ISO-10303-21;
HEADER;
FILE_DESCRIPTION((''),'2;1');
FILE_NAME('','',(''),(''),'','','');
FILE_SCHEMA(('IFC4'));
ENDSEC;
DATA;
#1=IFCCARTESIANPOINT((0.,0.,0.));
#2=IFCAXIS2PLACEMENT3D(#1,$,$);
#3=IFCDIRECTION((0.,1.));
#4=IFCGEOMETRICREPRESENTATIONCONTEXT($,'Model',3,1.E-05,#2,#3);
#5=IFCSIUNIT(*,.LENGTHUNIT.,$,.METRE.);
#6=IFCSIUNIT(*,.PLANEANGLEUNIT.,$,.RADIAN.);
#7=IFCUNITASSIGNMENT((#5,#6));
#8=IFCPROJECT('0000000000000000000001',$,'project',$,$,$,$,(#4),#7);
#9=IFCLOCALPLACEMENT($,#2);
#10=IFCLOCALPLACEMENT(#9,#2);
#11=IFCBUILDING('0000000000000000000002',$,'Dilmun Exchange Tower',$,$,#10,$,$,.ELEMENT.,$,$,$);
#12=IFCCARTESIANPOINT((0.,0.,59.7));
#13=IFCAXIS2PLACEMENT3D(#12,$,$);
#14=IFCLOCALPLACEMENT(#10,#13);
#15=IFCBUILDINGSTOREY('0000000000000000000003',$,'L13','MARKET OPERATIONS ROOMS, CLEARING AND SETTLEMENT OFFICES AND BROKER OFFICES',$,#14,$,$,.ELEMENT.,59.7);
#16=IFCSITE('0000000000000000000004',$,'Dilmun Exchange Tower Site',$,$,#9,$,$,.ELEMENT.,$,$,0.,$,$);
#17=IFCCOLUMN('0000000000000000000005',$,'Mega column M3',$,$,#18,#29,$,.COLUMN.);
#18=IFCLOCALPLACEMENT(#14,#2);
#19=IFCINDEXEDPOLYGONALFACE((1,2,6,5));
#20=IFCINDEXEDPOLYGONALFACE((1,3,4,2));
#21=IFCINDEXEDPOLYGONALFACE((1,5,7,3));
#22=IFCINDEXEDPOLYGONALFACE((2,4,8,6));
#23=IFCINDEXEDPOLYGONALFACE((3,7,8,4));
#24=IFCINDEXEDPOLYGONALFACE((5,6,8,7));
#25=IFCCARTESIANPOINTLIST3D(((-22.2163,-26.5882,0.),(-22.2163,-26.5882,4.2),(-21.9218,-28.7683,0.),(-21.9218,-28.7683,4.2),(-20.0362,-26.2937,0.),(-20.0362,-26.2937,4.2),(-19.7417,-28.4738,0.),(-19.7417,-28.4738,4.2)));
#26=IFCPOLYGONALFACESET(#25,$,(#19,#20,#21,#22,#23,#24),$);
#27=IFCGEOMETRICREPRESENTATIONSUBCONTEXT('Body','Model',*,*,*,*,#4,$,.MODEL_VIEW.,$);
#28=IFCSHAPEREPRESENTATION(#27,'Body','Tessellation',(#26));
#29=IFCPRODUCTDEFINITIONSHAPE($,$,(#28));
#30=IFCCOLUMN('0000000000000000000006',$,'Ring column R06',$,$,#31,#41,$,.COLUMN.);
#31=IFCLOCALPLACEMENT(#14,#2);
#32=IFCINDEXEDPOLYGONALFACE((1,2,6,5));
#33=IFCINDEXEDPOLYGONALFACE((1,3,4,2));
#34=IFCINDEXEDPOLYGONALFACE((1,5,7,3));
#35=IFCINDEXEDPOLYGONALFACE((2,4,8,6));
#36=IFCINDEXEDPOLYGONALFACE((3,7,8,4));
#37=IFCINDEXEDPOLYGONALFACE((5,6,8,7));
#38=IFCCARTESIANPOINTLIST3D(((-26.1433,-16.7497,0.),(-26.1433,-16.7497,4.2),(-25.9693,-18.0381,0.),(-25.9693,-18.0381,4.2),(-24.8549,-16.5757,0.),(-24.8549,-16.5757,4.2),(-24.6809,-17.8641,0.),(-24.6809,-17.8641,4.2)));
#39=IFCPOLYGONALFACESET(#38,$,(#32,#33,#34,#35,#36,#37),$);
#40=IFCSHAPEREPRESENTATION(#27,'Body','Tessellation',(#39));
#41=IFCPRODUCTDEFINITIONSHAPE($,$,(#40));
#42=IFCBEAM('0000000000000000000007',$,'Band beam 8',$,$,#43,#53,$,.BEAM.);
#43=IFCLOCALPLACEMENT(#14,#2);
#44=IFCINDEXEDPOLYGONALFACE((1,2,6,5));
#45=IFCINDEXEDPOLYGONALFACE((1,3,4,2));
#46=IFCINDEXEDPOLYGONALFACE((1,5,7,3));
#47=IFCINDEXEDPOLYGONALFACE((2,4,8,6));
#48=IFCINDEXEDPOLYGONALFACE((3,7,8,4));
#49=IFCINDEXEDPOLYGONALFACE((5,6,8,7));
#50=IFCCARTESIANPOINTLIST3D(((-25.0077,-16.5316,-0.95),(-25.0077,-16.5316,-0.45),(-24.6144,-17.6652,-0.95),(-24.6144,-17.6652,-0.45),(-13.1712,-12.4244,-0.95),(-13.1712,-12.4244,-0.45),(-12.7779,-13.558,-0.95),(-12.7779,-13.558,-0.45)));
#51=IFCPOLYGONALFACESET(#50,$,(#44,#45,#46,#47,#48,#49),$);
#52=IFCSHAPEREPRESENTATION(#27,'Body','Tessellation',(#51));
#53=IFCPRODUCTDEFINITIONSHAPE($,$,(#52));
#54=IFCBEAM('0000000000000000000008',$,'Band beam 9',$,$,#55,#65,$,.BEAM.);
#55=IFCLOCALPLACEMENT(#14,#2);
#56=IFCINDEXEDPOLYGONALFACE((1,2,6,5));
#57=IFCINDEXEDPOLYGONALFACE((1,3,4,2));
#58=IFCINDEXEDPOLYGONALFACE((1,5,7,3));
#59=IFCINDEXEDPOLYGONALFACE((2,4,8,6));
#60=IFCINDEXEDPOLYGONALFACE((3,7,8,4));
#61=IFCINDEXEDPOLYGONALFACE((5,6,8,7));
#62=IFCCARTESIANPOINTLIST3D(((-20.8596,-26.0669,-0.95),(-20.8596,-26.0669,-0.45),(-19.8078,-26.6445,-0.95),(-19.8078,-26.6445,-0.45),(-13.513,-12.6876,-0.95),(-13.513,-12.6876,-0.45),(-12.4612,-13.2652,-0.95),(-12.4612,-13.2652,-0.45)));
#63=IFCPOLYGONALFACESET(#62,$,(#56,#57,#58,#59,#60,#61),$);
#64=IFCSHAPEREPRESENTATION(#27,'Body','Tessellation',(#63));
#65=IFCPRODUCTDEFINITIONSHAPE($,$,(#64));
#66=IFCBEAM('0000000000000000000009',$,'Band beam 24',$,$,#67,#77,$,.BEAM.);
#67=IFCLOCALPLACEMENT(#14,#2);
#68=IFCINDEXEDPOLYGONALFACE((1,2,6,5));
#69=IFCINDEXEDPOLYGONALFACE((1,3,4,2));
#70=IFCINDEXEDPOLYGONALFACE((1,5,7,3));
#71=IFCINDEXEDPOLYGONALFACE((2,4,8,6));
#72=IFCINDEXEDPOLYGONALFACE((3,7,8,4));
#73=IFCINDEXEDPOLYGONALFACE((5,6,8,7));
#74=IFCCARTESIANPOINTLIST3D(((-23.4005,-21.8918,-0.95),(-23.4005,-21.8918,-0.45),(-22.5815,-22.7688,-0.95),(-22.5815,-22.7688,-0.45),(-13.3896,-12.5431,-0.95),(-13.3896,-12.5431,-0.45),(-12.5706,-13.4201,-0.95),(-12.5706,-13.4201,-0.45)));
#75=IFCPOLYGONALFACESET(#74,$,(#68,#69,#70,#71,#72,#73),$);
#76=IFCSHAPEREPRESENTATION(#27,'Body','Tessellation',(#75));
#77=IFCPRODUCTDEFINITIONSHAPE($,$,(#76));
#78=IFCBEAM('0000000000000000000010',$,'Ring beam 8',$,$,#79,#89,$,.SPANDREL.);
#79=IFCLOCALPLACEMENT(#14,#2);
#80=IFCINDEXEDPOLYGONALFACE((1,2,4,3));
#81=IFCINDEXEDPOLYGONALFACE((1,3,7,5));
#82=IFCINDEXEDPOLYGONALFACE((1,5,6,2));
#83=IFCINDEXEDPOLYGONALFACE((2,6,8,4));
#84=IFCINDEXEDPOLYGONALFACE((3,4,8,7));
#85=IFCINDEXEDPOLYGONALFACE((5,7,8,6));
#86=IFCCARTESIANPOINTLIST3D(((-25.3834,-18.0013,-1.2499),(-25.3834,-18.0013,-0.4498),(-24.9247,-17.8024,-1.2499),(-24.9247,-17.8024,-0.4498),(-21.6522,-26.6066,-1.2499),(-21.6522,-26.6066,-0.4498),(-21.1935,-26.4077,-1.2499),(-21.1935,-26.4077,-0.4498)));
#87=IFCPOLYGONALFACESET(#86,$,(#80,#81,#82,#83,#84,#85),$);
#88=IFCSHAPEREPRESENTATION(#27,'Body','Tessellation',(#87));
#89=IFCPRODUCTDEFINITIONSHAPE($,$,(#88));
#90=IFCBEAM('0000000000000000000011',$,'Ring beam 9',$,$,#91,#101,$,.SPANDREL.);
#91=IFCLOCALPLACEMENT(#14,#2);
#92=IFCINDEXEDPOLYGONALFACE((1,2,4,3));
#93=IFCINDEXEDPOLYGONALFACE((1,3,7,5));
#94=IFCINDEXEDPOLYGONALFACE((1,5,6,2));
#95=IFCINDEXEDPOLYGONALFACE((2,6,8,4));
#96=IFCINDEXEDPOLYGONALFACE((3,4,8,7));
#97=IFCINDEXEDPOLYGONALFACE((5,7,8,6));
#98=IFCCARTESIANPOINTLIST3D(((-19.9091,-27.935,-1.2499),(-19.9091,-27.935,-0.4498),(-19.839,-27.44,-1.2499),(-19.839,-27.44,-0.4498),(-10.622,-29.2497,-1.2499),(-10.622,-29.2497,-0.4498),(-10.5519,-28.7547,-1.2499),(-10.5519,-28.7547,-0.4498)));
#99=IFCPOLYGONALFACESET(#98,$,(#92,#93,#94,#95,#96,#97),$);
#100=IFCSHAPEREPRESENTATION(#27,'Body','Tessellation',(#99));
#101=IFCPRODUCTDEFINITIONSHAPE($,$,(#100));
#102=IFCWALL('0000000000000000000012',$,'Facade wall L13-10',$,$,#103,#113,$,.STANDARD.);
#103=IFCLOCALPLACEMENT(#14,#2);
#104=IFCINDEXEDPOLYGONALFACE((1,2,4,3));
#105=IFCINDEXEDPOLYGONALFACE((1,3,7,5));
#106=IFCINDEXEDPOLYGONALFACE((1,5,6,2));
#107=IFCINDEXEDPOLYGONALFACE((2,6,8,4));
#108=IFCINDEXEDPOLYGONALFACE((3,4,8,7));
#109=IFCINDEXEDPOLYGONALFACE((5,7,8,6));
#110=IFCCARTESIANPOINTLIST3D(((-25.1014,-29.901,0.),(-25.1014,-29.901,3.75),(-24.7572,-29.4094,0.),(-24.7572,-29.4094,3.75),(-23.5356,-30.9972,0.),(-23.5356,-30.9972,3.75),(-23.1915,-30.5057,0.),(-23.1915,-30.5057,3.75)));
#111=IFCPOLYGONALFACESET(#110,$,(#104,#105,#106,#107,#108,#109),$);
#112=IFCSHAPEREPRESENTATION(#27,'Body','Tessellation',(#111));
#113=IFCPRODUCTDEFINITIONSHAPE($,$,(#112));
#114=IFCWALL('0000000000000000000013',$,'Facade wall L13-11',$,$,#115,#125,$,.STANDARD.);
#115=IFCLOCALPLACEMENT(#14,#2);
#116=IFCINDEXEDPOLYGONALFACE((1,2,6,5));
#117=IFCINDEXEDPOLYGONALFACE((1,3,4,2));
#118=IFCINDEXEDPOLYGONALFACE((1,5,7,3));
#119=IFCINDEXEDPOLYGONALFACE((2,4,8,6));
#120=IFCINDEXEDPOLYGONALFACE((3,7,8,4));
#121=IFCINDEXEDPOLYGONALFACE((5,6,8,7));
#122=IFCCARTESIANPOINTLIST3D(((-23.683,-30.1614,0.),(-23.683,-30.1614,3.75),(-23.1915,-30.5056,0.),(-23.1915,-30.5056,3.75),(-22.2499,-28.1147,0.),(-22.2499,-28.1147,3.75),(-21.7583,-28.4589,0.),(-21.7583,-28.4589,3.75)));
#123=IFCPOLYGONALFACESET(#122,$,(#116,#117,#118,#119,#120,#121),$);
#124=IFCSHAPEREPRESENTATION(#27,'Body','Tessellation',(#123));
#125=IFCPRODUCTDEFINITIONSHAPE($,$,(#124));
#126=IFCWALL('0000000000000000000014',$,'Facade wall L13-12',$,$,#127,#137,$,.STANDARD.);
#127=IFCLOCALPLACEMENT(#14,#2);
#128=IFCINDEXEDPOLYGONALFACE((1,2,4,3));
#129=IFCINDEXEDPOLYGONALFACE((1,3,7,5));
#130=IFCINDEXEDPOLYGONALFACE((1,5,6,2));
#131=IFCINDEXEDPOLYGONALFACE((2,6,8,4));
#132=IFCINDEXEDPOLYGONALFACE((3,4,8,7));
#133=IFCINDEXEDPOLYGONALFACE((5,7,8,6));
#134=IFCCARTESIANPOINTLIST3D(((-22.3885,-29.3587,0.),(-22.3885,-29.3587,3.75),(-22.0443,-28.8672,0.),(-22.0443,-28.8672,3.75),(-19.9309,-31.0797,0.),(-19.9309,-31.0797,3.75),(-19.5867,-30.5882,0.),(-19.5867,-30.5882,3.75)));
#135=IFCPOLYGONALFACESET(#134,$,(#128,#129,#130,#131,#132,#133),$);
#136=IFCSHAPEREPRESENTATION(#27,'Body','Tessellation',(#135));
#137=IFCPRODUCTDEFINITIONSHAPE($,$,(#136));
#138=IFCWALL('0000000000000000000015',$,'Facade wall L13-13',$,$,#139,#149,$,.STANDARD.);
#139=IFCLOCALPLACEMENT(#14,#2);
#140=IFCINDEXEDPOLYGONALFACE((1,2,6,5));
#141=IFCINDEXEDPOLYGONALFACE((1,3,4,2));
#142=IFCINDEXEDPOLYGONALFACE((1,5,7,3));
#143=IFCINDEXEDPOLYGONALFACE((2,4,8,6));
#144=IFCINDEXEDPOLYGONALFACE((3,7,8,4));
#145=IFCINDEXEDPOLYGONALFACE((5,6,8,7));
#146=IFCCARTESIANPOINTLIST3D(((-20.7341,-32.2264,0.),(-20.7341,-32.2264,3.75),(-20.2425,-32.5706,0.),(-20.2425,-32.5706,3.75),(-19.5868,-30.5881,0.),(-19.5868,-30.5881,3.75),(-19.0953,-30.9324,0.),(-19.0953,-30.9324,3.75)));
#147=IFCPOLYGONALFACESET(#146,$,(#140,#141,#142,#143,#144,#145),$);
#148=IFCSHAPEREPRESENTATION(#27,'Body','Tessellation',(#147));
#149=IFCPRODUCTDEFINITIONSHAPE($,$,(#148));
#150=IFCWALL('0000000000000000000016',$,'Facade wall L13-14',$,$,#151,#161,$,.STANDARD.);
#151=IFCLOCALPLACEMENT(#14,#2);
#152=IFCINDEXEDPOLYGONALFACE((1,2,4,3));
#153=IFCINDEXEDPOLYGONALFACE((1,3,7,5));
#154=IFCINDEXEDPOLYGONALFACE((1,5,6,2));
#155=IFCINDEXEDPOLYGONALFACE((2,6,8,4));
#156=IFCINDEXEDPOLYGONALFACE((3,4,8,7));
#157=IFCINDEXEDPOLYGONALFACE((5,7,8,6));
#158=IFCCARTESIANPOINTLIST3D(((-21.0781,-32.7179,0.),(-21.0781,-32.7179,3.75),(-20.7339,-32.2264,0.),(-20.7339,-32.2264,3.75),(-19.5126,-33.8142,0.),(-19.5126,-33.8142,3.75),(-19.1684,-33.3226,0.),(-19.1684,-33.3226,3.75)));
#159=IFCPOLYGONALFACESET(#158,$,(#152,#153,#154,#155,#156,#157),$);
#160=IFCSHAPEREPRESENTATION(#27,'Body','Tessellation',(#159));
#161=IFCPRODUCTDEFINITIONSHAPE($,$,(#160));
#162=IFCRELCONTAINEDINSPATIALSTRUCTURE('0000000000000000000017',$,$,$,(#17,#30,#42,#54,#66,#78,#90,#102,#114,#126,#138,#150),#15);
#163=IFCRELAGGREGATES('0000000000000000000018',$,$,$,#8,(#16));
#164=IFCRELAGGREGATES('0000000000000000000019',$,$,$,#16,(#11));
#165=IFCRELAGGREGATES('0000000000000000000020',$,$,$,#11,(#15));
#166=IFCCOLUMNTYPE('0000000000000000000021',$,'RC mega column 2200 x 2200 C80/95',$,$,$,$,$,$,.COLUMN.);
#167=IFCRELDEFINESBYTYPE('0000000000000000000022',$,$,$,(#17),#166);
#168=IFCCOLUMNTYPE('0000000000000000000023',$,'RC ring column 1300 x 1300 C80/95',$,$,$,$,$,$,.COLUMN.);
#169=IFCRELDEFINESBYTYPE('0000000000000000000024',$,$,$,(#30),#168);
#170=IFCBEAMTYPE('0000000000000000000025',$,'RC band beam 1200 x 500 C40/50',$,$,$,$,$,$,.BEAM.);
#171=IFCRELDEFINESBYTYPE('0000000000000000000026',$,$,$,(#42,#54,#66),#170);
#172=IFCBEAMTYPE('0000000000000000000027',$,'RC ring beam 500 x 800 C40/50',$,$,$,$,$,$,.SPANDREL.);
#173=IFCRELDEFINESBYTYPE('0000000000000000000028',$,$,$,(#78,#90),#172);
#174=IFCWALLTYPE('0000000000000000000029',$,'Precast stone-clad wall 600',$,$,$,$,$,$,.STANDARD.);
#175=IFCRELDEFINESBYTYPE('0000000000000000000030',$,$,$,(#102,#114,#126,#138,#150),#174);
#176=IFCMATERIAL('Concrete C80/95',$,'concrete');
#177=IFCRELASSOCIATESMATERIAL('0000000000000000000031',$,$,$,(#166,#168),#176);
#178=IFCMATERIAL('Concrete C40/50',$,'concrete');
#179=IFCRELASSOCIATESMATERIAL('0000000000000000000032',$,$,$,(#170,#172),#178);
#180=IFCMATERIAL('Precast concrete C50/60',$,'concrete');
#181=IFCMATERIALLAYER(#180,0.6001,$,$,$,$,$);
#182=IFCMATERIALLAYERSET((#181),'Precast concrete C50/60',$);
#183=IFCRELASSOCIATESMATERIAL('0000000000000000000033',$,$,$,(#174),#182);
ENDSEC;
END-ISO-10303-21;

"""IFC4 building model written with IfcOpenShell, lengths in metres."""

from ifc_helpers import new_model, si_unit, direction, frame, frame_2d, origin, origin_2d, place, context, subcontext, project, spatial, rectangle, extrude, material, layer, layer_set, material_profile, profile_set, type_object, element, save


model = new_model("IFC4")

# Units and contexts
model_context = context("Model", 3, precision=1e-05, world=origin(), true_north=direction((0.0, 1.0)))
body_context = subcontext(model_context, "Body", "Model", "MODEL_VIEW")
ifc_project = project(units=[si_unit("LENGTHUNIT", "METRE"), si_unit("PLANEANGLEUNIT", "RADIAN")], contexts=[model_context])

# Site, building, storey
site_placement = place(None, origin())
site = spatial("IfcSite", under=ifc_project, at=site_placement, Name="Dilmun Exchange Tower Site", CompositionType="ELEMENT", RefElevation=0.0)
building_placement = place(site_placement, origin())
building = spatial("IfcBuilding", under=site, at=building_placement, Name="Dilmun Exchange Tower", CompositionType="ELEMENT")
storey_placement = place(building_placement, frame((0.0, 0.0, 59.7)))
storey = spatial("IfcBuildingStorey", under=building, at=storey_placement, Name="L13", Description="MARKET OPERATIONS ROOMS, CLEARING AND SETTLEMENT OFFICES AND BROKER OFFICES", CompositionType="ELEMENT", Elevation=59.7)

# Columns
ifc_material_1 = material(Name="Concrete C80/95", Category="concrete")
ifc_material_profile_1 = material_profile(ifc_material_1, rectangle(XDim=2.2, YDim=2.2, at=origin_2d()), Name="2200 x 2200")
ifc_profile_set_1 = profile_set([ifc_material_profile_1], Name="Concrete C80/95")
column_type_1 = type_object("IfcColumnType", Name="RC mega column 2200 x 2200 C80/95", PredefinedType="COLUMN", material=ifc_profile_set_1)
column_1_placement = place(storey_placement, frame((-20.979, -27.531, 0.0), z_axis=(0.0, 0.0, 1.0), x_axis=(0.991001, 0.133853, 0.0)))
element("IfcColumn", 1, at=column_1_placement, inside=storey, type_object=column_type_1, Name="Mega column M3", PredefinedType="COLUMN", context=body_context, shape_type="SweptSolid", body=[
    extrude(rectangle(XDim=2.2, YDim=2.2, at=origin_2d()), origin(), (0.0, 0.0, 1.0), 4.2),
])
ifc_material_profile_2 = material_profile(ifc_material_1, rectangle(XDim=1.3, YDim=1.3, at=origin_2d()), Name="1300 x 1300")
ifc_profile_set_2 = profile_set([ifc_material_profile_2], Name="Concrete C80/95")
column_type_2 = type_object("IfcColumnType", Name="RC ring column 1300 x 1300 C80/95", PredefinedType="COLUMN", material=ifc_profile_set_2)
column_2_placement = place(storey_placement, frame((-25.4121, -17.3069, 0.0), z_axis=(0.0, 0.0, 1.0), x_axis=(0.991001, 0.133853, 0.0)))
element("IfcColumn", 2, at=column_2_placement, inside=storey, type_object=column_type_2, Name="Ring column R06", PredefinedType="COLUMN", context=body_context, shape_type="SweptSolid", body=[
    extrude(rectangle(XDim=1.3, YDim=1.3, at=origin_2d()), origin(), (0.0, 0.0, 1.0), 4.2),
])

# Beams
ifc_material_2 = material(Name="Concrete C40/50", Category="concrete")
ifc_material_profile_3 = material_profile(ifc_material_2, rectangle(XDim=1.2, YDim=0.5, at=origin_2d()), Name="1200 x 500")
ifc_profile_set_3 = profile_set([ifc_material_profile_3], Name="Concrete C40/50")
beam_type_1 = type_object("IfcBeamType", Name="RC band beam 1200 x 500 C40/50", PredefinedType="BEAM", material=ifc_profile_set_3)
beam_1_placement = place(storey_placement, frame((-24.811, -17.0984, -0.7), z_axis=(0.94474, 0.32782, 0.0), x_axis=(-0.32782, 0.94474, 0.0)))
element("IfcBeam", 3, at=beam_1_placement, inside=storey, type_object=beam_type_1, Name="Band beam 8", PredefinedType="BEAM", context=body_context, shape_type="SweptSolid", body=[
    extrude(rectangle(XDim=1.2, YDim=0.5, at=origin_2d()), origin(), (0.0, 0.0, 1.0), 12.5288),
])
beam_2_placement = place(storey_placement, frame((-20.3337, -26.3557, -0.7), z_axis=(0.481316, 0.876547, 0.0), x_axis=(-0.876547, 0.481316, 0.0)))
element("IfcBeam", 4, at=beam_2_placement, inside=storey, type_object=beam_type_1, Name="Band beam 9", PredefinedType="BEAM", context=body_context, shape_type="SweptSolid", body=[
    extrude(rectangle(XDim=1.2, YDim=0.5, at=origin_2d()), origin(), (0.0, 0.0, 1.0), 15.2637),
])
beam_3_placement = place(storey_placement, frame((-22.991, -22.3303, -0.7), z_axis=(0.730863, 0.682524, 0.0), x_axis=(-0.682524, 0.730863, 0.0)))
element("IfcBeam", 5, at=beam_3_placement, inside=storey, type_object=beam_type_1, Name="Band beam 24", PredefinedType="BEAM", context=body_context, shape_type="SweptSolid", body=[
    extrude(rectangle(XDim=1.2, YDim=0.5, at=origin_2d()), origin(), (0.0, 0.0, 1.0), 13.6973),
])
ifc_material_profile_4 = material_profile(ifc_material_2, rectangle(XDim=0.5, YDim=0.8, at=origin_2d()), Name="500 x 800")
ifc_profile_set_4 = profile_set([ifc_material_profile_4], Name="Concrete C40/50")
beam_type_2 = type_object("IfcBeamType", Name="RC ring beam 500 x 800 C40/50", PredefinedType="SPANDREL", material=ifc_profile_set_4)
beam_4_placement = place(storey_placement, frame((-25.1541, -17.9019, -0.8499), z_axis=(0.397811, -0.917467, 0.0), x_axis=(0.917467, 0.397811, 0.0)))
element("IfcBeam", 6, at=beam_4_placement, inside=storey, type_object=beam_type_2, Name="Ring beam 8", PredefinedType="SPANDREL", context=body_context, shape_type="SweptSolid", body=[
    extrude(rectangle(XDim=0.5, YDim=0.8, at=origin_2d()), origin(), (0.0, 0.0, 1.0), 9.3794),
])
beam_5_placement = place(storey_placement, frame((-19.874, -27.6875, -0.8499), z_axis=(0.990128, -0.140164, 0.0), x_axis=(0.140164, 0.990128, 0.0)))
element("IfcBeam", 7, at=beam_5_placement, inside=storey, type_object=beam_type_2, Name="Ring beam 9", PredefinedType="SPANDREL", context=body_context, shape_type="SweptSolid", body=[
    extrude(rectangle(XDim=0.5, YDim=0.8, at=origin_2d()), origin(), (0.0, 0.0, 1.0), 9.3796),
])

# Walls
ifc_material_3 = material(Name="Precast concrete C50/60", Category="concrete")
ifc_layer = layer(ifc_material_3, 0.6001)
ifc_layer_set = layer_set([ifc_layer], Name="Precast concrete C50/60")
wall_type = type_object("IfcWallType", Name="Precast stone-clad wall 600", PredefinedType="STANDARD", material=ifc_layer_set)
wall_1_placement = place(storey_placement, frame((-24.9292, -29.6553, 0.0), z_axis=(0.0, 0.0, 1.0), x_axis=(0.819178, -0.573539, 0.0)))
element("IfcWall", 8, at=wall_1_placement, inside=storey, type_object=wall_type, Name="Facade wall L13-10", PredefinedType="STANDARD", context=body_context, shape_type="SweptSolid", body=[
    extrude(rectangle(XDim=1.9114, YDim=0.6001, at=frame_2d((0.9556, 0.0))), origin(), (0.0, 0.0, 1.0), 3.75),
])
wall_2_placement = place(storey_placement, frame((-23.4373, -30.3335, 0.0), z_axis=(0.0, 0.0, 1.0), x_axis=(0.573587, 0.819145, 0.0)))
element("IfcWall", 9, at=wall_2_placement, inside=storey, type_object=wall_type, Name="Facade wall L13-11", PredefinedType="STANDARD", context=body_context, shape_type="SweptSolid", body=[
    extrude(rectangle(XDim=2.4985, YDim=0.6001, at=frame_2d((1.2493, 0.0))), origin(), (0.0, 0.0, 1.0), 3.75),
])
wall_3_placement = place(storey_placement, frame((-22.2163, -29.113, 0.0), z_axis=(0.0, 0.0, 1.0), x_axis=(0.819125, -0.573615, 0.0)))
element("IfcWall", 10, at=wall_3_placement, inside=storey, type_object=wall_type, Name="Facade wall L13-12", PredefinedType="STANDARD", context=body_context, shape_type="SweptSolid", body=[
    extrude(rectangle(XDim=3.0002, YDim=0.6001, at=frame_2d((1.5, 0.0))), origin(), (0.0, 0.0, 1.0), 3.75),
])
wall_4_placement = place(storey_placement, frame((-19.3411, -30.7603, 0.0), z_axis=(0.0, 0.0, 1.0), x_axis=(-0.573626, -0.819117, 0.0)))
element("IfcWall", 11, at=wall_4_placement, inside=storey, type_object=wall_type, Name="Facade wall L13-13", PredefinedType="STANDARD", context=body_context, shape_type="SweptSolid", body=[
    extrude(rectangle(XDim=2.0, YDim=0.6001, at=frame_2d((1.0, 0.0))), origin(), (0.0, 0.0, 1.0), 3.75),
])
wall_5_placement = place(storey_placement, frame((-20.906, -32.4722, 0.0), z_axis=(0.0, 0.0, 1.0), x_axis=(0.819136, -0.5736, 0.0)))
element("IfcWall", 12, at=wall_5_placement, inside=storey, type_object=wall_type, Name="Facade wall L13-14", PredefinedType="STANDARD", context=body_context, shape_type="SweptSolid", body=[
    extrude(rectangle(XDim=1.9111, YDim=0.6001, at=frame_2d((0.9556, 0.0))), origin(), (0.0, 0.0, 1.0), 3.75),
])

save(model, "model.ifc")
